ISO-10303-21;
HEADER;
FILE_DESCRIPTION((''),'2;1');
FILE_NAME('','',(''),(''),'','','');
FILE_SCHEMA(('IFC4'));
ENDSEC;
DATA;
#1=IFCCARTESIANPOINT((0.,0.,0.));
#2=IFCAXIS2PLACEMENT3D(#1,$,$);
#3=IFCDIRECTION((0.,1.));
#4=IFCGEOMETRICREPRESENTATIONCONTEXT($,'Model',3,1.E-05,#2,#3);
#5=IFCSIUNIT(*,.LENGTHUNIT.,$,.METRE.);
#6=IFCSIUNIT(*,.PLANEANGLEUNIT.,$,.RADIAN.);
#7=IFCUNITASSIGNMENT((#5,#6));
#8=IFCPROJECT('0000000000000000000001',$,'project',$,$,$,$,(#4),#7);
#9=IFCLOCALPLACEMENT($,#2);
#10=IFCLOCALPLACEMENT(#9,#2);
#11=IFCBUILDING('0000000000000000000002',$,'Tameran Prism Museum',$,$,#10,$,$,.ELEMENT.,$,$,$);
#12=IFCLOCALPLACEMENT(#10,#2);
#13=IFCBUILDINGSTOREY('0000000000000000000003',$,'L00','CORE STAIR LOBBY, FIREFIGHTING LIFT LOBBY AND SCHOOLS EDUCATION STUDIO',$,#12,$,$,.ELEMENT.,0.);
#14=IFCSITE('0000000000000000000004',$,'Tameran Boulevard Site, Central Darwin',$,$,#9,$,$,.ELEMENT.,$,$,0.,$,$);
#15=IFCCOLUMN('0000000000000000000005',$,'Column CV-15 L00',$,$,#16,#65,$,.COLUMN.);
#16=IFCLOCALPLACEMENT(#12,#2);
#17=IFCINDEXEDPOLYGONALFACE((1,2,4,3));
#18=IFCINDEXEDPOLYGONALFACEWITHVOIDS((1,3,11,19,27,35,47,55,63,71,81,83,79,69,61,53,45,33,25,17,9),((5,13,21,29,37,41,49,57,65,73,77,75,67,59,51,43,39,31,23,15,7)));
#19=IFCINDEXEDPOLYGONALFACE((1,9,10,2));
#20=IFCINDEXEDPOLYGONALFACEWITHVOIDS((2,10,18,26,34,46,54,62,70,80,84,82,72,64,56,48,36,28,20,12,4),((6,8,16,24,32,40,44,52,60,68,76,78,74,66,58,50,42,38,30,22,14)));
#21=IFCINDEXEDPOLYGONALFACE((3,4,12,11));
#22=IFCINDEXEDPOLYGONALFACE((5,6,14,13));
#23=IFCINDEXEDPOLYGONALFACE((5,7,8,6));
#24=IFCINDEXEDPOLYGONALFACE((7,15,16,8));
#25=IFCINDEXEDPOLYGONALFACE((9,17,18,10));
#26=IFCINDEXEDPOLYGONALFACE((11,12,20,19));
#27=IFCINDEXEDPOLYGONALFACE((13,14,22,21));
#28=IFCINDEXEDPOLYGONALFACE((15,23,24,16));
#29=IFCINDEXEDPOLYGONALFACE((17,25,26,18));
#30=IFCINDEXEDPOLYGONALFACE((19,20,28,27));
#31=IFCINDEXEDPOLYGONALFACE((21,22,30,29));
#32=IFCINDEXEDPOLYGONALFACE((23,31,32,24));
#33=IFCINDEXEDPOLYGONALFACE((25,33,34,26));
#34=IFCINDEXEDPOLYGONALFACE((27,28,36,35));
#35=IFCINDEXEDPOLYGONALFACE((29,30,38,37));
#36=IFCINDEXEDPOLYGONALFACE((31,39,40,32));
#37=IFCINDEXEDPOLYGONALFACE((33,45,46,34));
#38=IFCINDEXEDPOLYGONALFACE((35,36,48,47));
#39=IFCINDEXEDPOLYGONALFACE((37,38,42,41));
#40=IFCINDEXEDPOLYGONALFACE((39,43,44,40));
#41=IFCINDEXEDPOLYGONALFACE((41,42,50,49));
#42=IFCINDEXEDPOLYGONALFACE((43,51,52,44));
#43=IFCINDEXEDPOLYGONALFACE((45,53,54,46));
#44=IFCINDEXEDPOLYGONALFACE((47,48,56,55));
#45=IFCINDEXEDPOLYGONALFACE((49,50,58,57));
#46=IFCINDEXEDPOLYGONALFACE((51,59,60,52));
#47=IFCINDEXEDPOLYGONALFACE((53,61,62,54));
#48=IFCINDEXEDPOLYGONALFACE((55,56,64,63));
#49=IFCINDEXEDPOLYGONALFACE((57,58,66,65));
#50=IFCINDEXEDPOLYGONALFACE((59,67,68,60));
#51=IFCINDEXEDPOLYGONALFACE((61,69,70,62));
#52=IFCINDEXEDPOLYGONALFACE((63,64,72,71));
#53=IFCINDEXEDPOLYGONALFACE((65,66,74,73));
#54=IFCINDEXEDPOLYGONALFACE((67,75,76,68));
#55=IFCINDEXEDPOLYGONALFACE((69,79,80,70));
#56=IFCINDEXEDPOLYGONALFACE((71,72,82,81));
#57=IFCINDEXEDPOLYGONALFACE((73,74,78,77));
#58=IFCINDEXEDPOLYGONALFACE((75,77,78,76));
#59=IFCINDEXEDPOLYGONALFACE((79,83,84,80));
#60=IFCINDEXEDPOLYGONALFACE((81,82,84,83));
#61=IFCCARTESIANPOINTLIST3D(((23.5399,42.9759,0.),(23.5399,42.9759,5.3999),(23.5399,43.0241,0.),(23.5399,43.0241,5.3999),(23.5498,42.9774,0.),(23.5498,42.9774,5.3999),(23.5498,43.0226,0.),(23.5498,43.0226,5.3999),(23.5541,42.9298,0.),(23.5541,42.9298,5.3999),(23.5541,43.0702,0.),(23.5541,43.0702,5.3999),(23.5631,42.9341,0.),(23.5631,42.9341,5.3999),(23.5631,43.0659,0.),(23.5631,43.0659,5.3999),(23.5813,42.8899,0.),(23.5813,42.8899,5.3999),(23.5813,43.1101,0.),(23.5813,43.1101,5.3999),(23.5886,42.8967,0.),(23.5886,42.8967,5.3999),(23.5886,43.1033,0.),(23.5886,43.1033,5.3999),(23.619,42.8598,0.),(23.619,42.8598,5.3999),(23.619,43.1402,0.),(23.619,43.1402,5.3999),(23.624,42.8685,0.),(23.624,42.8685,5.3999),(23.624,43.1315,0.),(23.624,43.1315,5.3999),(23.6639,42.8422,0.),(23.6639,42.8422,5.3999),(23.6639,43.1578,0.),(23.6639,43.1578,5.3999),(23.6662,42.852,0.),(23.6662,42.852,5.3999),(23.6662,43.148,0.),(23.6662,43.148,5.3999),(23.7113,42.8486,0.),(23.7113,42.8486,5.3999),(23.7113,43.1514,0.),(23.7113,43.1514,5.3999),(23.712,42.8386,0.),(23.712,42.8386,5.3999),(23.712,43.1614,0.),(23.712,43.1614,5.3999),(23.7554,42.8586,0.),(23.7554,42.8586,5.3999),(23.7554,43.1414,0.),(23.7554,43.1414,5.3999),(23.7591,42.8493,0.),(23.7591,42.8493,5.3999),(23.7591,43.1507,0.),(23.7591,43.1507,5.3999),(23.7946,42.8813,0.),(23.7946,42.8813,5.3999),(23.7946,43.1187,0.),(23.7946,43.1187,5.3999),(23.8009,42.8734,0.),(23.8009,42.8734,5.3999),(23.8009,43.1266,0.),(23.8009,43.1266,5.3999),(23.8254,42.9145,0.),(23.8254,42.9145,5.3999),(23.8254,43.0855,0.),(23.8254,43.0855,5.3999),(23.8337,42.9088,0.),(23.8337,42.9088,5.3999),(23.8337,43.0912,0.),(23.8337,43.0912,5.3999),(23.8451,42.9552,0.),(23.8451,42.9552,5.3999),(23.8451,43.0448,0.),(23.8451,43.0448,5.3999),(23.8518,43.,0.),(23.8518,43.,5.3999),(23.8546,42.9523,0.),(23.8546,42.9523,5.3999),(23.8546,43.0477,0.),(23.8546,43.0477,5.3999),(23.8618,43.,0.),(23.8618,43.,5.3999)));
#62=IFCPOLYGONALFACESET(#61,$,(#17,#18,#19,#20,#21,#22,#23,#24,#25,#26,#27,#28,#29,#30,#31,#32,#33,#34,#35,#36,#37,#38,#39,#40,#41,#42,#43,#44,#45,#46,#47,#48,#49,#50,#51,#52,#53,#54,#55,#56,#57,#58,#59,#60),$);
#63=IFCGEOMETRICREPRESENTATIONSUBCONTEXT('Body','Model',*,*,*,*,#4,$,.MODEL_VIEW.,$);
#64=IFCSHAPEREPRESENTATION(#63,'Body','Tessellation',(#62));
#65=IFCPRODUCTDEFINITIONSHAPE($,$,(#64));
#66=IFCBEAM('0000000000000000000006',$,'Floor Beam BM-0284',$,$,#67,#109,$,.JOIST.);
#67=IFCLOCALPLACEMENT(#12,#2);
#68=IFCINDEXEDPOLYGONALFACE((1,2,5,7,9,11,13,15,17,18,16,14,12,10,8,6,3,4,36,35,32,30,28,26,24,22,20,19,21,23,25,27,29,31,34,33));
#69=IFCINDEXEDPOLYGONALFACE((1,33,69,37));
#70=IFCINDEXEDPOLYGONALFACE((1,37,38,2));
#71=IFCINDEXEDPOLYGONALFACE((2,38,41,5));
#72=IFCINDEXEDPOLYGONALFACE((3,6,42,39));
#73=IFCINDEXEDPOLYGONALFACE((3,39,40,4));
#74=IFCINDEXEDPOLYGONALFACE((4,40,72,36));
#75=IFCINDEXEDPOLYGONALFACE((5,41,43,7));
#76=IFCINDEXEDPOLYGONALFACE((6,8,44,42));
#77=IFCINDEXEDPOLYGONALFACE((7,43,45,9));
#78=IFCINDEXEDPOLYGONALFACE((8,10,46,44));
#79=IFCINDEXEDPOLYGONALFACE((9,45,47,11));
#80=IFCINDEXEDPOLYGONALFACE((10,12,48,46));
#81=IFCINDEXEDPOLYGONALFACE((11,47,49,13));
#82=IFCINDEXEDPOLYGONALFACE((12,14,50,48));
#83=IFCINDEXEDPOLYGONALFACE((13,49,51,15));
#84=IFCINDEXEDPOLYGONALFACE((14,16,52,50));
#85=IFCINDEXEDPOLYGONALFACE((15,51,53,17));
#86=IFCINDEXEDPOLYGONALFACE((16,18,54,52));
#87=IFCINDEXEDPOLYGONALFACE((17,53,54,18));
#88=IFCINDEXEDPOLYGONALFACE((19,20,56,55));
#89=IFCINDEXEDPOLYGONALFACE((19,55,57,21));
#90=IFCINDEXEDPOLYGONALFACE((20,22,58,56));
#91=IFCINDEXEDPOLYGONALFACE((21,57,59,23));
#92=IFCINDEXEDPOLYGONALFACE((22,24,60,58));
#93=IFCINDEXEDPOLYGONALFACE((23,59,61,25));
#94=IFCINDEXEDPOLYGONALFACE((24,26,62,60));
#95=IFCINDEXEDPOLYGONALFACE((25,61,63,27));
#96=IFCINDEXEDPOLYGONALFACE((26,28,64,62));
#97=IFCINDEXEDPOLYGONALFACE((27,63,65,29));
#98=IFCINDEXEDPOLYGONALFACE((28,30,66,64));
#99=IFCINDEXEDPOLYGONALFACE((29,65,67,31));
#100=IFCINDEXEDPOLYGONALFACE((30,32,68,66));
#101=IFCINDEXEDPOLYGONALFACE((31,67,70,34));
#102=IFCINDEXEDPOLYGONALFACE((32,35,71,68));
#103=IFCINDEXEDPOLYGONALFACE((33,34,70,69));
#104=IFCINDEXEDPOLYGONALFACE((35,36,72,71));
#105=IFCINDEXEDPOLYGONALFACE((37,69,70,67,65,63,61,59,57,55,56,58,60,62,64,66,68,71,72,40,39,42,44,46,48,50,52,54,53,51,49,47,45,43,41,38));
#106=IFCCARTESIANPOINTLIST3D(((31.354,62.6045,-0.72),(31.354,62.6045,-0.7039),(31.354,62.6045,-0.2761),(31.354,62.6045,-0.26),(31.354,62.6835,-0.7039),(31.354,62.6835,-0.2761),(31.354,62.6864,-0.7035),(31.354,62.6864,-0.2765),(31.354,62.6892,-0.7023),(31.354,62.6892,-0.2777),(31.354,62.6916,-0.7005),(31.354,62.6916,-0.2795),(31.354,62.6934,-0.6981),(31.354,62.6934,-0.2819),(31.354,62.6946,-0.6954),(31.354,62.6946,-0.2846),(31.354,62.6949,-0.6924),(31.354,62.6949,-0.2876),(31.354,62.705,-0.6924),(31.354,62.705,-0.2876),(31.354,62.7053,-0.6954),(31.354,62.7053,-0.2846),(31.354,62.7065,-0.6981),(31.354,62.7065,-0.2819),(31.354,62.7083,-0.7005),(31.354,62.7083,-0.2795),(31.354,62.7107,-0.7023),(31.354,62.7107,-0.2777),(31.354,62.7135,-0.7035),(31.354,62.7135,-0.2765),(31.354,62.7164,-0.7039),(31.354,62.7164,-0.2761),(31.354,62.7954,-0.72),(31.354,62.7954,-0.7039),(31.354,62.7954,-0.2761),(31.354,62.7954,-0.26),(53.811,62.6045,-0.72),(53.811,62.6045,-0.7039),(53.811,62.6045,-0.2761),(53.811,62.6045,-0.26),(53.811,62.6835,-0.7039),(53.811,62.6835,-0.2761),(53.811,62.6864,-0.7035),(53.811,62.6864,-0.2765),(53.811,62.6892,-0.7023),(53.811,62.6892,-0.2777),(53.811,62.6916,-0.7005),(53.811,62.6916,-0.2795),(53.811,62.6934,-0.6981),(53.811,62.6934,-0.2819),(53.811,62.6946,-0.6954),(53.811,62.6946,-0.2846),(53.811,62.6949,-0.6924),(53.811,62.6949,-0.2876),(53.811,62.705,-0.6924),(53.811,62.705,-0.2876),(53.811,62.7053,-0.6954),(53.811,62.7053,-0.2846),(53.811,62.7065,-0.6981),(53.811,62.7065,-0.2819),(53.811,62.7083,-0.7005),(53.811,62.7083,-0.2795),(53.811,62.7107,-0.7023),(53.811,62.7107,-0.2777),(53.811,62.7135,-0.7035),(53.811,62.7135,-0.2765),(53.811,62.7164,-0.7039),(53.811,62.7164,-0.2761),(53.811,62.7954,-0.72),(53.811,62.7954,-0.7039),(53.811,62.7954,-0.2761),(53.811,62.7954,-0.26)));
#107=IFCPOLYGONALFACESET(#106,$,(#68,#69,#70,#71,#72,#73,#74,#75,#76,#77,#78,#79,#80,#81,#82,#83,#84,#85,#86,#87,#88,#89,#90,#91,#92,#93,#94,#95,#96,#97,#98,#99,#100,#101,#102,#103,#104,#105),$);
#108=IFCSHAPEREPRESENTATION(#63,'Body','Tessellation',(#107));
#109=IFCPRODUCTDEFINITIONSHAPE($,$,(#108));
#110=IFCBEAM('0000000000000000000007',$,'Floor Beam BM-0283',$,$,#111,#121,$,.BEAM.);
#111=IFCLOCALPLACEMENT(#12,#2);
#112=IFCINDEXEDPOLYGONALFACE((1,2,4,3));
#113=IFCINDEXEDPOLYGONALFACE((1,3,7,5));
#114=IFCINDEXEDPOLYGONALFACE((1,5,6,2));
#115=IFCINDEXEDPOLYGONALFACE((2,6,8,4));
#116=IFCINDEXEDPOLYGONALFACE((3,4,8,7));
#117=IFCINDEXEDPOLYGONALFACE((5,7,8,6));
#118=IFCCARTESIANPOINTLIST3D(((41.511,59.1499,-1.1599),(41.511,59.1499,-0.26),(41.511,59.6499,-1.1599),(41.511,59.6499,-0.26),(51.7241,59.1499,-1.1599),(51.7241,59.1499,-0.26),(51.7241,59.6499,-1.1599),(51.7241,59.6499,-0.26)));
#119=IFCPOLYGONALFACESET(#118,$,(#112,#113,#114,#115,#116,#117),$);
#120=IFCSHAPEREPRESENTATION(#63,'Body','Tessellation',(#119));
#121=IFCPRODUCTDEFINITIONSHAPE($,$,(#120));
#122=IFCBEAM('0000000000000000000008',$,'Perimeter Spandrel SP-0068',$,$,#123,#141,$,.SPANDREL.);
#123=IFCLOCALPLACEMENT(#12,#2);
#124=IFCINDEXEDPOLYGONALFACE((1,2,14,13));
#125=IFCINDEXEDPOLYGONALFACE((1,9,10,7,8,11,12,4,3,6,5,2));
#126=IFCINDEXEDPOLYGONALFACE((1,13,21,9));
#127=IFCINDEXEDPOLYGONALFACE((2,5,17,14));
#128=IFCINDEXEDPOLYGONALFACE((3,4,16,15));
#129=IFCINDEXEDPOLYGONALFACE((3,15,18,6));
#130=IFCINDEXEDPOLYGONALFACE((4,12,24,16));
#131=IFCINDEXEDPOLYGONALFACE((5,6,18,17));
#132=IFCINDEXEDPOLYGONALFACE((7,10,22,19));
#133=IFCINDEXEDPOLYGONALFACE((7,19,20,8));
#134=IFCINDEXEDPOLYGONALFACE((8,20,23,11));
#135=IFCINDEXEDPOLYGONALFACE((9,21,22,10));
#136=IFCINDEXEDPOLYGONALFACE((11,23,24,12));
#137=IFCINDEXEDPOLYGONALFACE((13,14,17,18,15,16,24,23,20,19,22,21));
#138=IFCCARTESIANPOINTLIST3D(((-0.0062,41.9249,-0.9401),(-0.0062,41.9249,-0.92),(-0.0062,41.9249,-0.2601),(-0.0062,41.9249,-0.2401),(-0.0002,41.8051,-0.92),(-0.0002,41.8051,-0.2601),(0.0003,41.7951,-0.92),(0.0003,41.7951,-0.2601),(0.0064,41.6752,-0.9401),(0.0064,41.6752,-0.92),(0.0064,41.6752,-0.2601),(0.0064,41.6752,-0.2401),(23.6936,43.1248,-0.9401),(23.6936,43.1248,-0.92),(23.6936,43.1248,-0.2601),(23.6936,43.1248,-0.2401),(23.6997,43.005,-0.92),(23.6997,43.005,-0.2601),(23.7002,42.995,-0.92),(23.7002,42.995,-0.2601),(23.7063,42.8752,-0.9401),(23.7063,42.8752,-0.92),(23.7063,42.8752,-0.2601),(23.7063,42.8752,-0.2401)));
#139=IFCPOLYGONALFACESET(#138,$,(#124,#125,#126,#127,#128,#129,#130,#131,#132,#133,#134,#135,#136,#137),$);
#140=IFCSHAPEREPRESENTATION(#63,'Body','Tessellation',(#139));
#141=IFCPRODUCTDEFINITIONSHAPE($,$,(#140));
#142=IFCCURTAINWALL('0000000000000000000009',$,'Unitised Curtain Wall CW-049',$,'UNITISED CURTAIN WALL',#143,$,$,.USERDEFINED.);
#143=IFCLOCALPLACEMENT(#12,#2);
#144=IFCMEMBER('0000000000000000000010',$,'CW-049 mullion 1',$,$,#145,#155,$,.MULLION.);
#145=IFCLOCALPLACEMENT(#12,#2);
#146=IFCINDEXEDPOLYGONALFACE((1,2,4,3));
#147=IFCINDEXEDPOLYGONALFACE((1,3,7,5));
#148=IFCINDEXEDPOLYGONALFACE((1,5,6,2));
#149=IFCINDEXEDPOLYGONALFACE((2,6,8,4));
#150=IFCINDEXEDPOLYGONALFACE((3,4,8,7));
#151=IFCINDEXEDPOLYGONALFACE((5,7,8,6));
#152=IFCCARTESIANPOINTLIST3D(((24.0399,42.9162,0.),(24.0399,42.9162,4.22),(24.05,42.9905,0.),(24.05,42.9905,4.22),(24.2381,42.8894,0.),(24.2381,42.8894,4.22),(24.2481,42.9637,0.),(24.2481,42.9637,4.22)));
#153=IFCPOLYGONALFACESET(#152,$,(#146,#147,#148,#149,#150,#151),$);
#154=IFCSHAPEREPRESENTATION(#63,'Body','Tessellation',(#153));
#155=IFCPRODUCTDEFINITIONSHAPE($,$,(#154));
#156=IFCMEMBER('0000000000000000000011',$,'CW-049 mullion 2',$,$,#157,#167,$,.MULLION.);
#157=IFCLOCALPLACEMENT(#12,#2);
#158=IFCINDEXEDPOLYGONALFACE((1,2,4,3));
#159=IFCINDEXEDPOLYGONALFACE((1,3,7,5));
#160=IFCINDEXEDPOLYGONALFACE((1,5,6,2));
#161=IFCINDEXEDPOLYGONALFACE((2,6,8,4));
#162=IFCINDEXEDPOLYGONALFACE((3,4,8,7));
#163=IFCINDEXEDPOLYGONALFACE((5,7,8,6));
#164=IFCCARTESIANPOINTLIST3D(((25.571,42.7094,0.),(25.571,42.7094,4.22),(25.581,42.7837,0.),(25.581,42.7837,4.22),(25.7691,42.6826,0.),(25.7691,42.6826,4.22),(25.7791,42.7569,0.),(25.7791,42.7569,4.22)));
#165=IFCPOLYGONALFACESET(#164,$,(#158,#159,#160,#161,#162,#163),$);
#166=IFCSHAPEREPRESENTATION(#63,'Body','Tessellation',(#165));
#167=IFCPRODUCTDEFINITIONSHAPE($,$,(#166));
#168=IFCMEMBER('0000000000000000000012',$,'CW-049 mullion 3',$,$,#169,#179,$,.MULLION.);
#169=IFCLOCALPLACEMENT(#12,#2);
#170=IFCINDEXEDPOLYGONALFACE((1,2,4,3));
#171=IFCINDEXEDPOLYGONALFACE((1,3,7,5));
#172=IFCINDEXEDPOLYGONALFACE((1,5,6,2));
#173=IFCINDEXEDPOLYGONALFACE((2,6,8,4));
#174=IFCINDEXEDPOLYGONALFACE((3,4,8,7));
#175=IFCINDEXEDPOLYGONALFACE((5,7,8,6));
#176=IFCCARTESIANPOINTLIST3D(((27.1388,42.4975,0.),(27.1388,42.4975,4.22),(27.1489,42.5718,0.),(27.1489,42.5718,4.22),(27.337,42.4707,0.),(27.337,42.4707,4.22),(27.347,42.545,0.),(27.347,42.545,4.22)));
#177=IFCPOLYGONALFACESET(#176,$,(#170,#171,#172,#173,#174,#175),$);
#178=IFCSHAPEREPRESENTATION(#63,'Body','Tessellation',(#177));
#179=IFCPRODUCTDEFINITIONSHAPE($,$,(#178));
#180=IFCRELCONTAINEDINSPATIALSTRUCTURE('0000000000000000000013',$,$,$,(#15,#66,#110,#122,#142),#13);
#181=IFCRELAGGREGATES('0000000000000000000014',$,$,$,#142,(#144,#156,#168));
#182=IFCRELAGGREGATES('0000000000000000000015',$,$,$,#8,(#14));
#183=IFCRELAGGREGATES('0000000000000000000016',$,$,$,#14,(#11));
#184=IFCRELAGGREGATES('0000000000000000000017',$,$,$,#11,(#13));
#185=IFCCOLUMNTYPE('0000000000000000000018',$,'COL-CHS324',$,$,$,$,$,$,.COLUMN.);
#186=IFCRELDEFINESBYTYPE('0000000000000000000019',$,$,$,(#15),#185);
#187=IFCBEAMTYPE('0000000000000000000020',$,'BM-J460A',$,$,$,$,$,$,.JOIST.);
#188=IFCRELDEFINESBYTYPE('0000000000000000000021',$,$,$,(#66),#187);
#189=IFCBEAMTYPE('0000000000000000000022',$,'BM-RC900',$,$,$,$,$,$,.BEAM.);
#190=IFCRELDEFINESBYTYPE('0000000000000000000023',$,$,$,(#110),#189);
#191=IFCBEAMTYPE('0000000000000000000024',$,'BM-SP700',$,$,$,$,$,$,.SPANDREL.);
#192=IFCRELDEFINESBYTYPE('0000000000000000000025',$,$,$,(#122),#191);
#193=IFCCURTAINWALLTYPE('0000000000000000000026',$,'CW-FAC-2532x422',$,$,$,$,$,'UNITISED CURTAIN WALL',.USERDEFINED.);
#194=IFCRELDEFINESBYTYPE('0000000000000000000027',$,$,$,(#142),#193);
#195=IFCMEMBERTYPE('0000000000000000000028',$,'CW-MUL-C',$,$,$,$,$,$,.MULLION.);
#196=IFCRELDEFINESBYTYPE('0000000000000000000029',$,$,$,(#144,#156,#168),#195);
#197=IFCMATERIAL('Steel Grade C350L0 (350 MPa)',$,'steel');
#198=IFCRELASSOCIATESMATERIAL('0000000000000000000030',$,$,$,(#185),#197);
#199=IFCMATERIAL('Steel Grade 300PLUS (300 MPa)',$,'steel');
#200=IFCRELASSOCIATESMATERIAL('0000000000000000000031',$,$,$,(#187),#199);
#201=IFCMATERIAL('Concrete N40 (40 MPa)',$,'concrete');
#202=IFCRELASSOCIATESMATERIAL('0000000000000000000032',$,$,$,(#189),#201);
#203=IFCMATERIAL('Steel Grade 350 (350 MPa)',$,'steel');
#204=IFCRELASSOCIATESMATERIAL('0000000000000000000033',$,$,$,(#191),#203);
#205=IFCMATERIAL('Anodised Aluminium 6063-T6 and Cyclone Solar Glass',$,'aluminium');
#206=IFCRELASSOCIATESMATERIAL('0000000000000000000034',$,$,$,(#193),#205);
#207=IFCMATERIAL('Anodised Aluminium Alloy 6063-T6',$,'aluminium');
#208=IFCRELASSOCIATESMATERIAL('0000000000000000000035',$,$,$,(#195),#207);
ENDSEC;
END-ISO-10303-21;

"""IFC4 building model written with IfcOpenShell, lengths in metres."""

from ifc_helpers import new_model, si_unit, direction, frame, origin, origin_2d, place, context, subcontext, project, spatial, rectangle, hollow_circle, i_section, extrude, material, material_profile, profile_set, type_object, element, aggregate, save


model = new_model("IFC4")

# Units and contexts
model_context = context("Model", 3, precision=1e-05, world=origin(), true_north=direction((0.0, 1.0)))
body_context = subcontext(model_context, "Body", "Model", "MODEL_VIEW")
ifc_project = project(units=[si_unit("LENGTHUNIT", "METRE"), si_unit("PLANEANGLEUNIT", "RADIAN")], contexts=[model_context])

# Site, building, storey
site_placement = place(None, origin())
site = spatial("IfcSite", under=ifc_project, at=site_placement, Name="Tameran Boulevard Site, Central Darwin", CompositionType="ELEMENT", RefElevation=0.0)
building_placement = place(site_placement, origin())
building = spatial("IfcBuilding", under=site, at=building_placement, Name="Tameran Prism Museum", CompositionType="ELEMENT")
storey_placement = place(building_placement, origin())
storey = spatial("IfcBuildingStorey", under=building, at=storey_placement, Name="L00", Description="CORE STAIR LOBBY, FIREFIGHTING LIFT LOBBY AND SCHOOLS EDUCATION STUDIO", CompositionType="ELEMENT", Elevation=0.0)

# Column
ifc_material_1 = material(Name="Steel Grade C350L0 (350 MPa)", Category="steel")
ifc_material_profile_1 = material_profile(ifc_material_1, hollow_circle(Radius=0.1619, WallThickness=0.01, at=origin_2d()))
ifc_profile_set_1 = profile_set([ifc_material_profile_1])
column_type = type_object("IfcColumnType", Name="COL-CHS324", PredefinedType="COLUMN", material=ifc_profile_set_1)
column_placement = place(storey_placement, frame((23.7, 43.0, 0.0), z_axis=(0.0, 0.0, 1.0), x_axis=(1.0, 0.0, 0.0)))
element("IfcColumn", 1, at=column_placement, inside=storey, type_object=column_type, Name="Column CV-15 L00", PredefinedType="COLUMN", context=body_context, shape_type="SweptSolid", body=[
    extrude(hollow_circle(Radius=0.1619, WallThickness=0.01, at=origin_2d()), origin(), (0.0, 0.0, 1.0), 5.3999),
])

# Beams
ifc_material_2 = material(Name="Steel Grade 300PLUS (300 MPa)", Category="steel")
ifc_material_profile_2 = material_profile(ifc_material_2, i_section(OverallWidth=0.1909, OverallDepth=0.46, WebThickness=0.01, FlangeThickness=0.0161, FilletRadius=0.0115, at=origin_2d()))
ifc_profile_set_2 = profile_set([ifc_material_profile_2])
beam_type_1 = type_object("IfcBeamType", Name="BM-J460A", PredefinedType="JOIST", material=ifc_profile_set_2)
beam_1_placement = place(storey_placement, frame((31.354, 62.7, -0.49), z_axis=(1.0, 0.0, 0.0), x_axis=(0.0, 1.0, 0.0)))
element("IfcBeam", 2, at=beam_1_placement, inside=storey, type_object=beam_type_1, Name="Floor Beam BM-0284", PredefinedType="JOIST", context=body_context, shape_type="SweptSolid", body=[
    extrude(i_section(OverallWidth=0.1909, OverallDepth=0.46, WebThickness=0.01, FlangeThickness=0.0161, FilletRadius=0.0115, at=origin_2d()), origin(), (0.0, 0.0, 1.0), 22.457),
])
ifc_material_3 = material(Name="Concrete N40 (40 MPa)", Category="concrete")
ifc_material_profile_3 = material_profile(ifc_material_3, rectangle(XDim=0.5, YDim=0.8999, at=origin_2d()))
ifc_profile_set_3 = profile_set([ifc_material_profile_3])
beam_type_2 = type_object("IfcBeamType", Name="BM-RC900", PredefinedType="BEAM", material=ifc_profile_set_3)
beam_2_placement = place(storey_placement, frame((41.511, 59.3999, -0.71), z_axis=(1.0, 0.0, 0.0), x_axis=(0.0, 1.0, 0.0)))
element("IfcBeam", 3, at=beam_2_placement, inside=storey, type_object=beam_type_2, Name="Floor Beam BM-0283", PredefinedType="BEAM", context=body_context, shape_type="SweptSolid", body=[
    extrude(rectangle(XDim=0.5, YDim=0.8999, at=origin_2d()), origin(), (0.0, 0.0, 1.0), 10.2131),
])
ifc_material_4 = material(Name="Steel Grade 350 (350 MPa)", Category="steel")
ifc_material_profile_4 = material_profile(ifc_material_4, i_section(OverallWidth=0.25, OverallDepth=0.7, WebThickness=0.01, FlangeThickness=0.02, at=origin_2d()))
ifc_profile_set_4 = profile_set([ifc_material_profile_4])
beam_type_3 = type_object("IfcBeamType", Name="BM-SP700", PredefinedType="SPANDREL", material=ifc_profile_set_4)
beam_3_placement = place(storey_placement, frame((23.7, 43.0, -0.5901), z_axis=(-0.998721, -0.050566, 0.0), x_axis=(0.050566, -0.998721, 0.0)))
element("IfcBeam", 4, at=beam_3_placement, inside=storey, type_object=beam_type_3, Name="Perimeter Spandrel SP-0068", PredefinedType="SPANDREL", context=body_context, shape_type="SweptSolid", body=[
    extrude(i_section(OverallWidth=0.25, OverallDepth=0.7, WebThickness=0.01, FlangeThickness=0.02, at=origin_2d()), origin(), (0.0, 0.0, 1.0), 23.7302),
])

# Curtain wall, members
ifc_material_5 = material(Name="Anodised Aluminium 6063-T6 and Cyclone Solar Glass", Category="aluminium")
curtain_wall_type = type_object("IfcCurtainWallType", Name="CW-FAC-2532x422", ElementType="UNITISED CURTAIN WALL", PredefinedType="USERDEFINED", material=ifc_material_5)
curtain_wall_placement = place(storey_placement, origin())
curtain_wall = element("IfcCurtainWall", 5, at=curtain_wall_placement, inside=storey, type_object=curtain_wall_type, Name="Unitised Curtain Wall CW-049", ObjectType="UNITISED CURTAIN WALL", PredefinedType="USERDEFINED")
ifc_material_6 = material(Name="Anodised Aluminium Alloy 6063-T6", Category="aluminium")
ifc_material_profile_5 = material_profile(ifc_material_6, rectangle(XDim=0.075, YDim=0.2, at=origin_2d()))
ifc_profile_set_5 = profile_set([ifc_material_profile_5])
member_type_1 = type_object("IfcMemberType", Name="CW-MUL-C", PredefinedType="MULLION", material=ifc_profile_set_5)
member_1_placement = place(storey_placement, frame((24.144, 42.9399, 0.0), z_axis=(0.0, 0.0, 1.0), x_axis=(0.133913, 0.990993, 0.0)))
member_1 = element("IfcMember", 6, at=member_1_placement, type_object=member_type_1, Name="CW-049 mullion 1", PredefinedType="MULLION", context=body_context, shape_type="SweptSolid", body=[
    extrude(rectangle(XDim=0.075, YDim=0.2, at=origin_2d()), origin(), (0.0, 0.0, 1.0), 4.22),
])
member_2_placement = place(storey_placement, frame((25.675, 42.7332, 0.0), z_axis=(0.0, 0.0, 1.0), x_axis=(0.133913, 0.990993, 0.0)))
member_2 = element("IfcMember", 7, at=member_2_placement, type_object=member_type_1, Name="CW-049 mullion 2", PredefinedType="MULLION", context=body_context, shape_type="SweptSolid", body=[
    extrude(rectangle(XDim=0.075, YDim=0.2, at=origin_2d()), origin(), (0.0, 0.0, 1.0), 4.22),
])
member_3_placement = place(storey_placement, frame((27.2429, 42.5212, 0.0), z_axis=(0.0, 0.0, 1.0), x_axis=(0.133913, 0.990993, 0.0)))
member_3 = element("IfcMember", 8, at=member_3_placement, type_object=member_type_1, Name="CW-049 mullion 3", PredefinedType="MULLION", context=body_context, shape_type="SweptSolid", body=[
    extrude(rectangle(XDim=0.075, YDim=0.2, at=origin_2d()), origin(), (0.0, 0.0, 1.0), 4.22),
])
aggregate(curtain_wall, [member_1, member_2, member_3])

save(model, "model.ifc")
